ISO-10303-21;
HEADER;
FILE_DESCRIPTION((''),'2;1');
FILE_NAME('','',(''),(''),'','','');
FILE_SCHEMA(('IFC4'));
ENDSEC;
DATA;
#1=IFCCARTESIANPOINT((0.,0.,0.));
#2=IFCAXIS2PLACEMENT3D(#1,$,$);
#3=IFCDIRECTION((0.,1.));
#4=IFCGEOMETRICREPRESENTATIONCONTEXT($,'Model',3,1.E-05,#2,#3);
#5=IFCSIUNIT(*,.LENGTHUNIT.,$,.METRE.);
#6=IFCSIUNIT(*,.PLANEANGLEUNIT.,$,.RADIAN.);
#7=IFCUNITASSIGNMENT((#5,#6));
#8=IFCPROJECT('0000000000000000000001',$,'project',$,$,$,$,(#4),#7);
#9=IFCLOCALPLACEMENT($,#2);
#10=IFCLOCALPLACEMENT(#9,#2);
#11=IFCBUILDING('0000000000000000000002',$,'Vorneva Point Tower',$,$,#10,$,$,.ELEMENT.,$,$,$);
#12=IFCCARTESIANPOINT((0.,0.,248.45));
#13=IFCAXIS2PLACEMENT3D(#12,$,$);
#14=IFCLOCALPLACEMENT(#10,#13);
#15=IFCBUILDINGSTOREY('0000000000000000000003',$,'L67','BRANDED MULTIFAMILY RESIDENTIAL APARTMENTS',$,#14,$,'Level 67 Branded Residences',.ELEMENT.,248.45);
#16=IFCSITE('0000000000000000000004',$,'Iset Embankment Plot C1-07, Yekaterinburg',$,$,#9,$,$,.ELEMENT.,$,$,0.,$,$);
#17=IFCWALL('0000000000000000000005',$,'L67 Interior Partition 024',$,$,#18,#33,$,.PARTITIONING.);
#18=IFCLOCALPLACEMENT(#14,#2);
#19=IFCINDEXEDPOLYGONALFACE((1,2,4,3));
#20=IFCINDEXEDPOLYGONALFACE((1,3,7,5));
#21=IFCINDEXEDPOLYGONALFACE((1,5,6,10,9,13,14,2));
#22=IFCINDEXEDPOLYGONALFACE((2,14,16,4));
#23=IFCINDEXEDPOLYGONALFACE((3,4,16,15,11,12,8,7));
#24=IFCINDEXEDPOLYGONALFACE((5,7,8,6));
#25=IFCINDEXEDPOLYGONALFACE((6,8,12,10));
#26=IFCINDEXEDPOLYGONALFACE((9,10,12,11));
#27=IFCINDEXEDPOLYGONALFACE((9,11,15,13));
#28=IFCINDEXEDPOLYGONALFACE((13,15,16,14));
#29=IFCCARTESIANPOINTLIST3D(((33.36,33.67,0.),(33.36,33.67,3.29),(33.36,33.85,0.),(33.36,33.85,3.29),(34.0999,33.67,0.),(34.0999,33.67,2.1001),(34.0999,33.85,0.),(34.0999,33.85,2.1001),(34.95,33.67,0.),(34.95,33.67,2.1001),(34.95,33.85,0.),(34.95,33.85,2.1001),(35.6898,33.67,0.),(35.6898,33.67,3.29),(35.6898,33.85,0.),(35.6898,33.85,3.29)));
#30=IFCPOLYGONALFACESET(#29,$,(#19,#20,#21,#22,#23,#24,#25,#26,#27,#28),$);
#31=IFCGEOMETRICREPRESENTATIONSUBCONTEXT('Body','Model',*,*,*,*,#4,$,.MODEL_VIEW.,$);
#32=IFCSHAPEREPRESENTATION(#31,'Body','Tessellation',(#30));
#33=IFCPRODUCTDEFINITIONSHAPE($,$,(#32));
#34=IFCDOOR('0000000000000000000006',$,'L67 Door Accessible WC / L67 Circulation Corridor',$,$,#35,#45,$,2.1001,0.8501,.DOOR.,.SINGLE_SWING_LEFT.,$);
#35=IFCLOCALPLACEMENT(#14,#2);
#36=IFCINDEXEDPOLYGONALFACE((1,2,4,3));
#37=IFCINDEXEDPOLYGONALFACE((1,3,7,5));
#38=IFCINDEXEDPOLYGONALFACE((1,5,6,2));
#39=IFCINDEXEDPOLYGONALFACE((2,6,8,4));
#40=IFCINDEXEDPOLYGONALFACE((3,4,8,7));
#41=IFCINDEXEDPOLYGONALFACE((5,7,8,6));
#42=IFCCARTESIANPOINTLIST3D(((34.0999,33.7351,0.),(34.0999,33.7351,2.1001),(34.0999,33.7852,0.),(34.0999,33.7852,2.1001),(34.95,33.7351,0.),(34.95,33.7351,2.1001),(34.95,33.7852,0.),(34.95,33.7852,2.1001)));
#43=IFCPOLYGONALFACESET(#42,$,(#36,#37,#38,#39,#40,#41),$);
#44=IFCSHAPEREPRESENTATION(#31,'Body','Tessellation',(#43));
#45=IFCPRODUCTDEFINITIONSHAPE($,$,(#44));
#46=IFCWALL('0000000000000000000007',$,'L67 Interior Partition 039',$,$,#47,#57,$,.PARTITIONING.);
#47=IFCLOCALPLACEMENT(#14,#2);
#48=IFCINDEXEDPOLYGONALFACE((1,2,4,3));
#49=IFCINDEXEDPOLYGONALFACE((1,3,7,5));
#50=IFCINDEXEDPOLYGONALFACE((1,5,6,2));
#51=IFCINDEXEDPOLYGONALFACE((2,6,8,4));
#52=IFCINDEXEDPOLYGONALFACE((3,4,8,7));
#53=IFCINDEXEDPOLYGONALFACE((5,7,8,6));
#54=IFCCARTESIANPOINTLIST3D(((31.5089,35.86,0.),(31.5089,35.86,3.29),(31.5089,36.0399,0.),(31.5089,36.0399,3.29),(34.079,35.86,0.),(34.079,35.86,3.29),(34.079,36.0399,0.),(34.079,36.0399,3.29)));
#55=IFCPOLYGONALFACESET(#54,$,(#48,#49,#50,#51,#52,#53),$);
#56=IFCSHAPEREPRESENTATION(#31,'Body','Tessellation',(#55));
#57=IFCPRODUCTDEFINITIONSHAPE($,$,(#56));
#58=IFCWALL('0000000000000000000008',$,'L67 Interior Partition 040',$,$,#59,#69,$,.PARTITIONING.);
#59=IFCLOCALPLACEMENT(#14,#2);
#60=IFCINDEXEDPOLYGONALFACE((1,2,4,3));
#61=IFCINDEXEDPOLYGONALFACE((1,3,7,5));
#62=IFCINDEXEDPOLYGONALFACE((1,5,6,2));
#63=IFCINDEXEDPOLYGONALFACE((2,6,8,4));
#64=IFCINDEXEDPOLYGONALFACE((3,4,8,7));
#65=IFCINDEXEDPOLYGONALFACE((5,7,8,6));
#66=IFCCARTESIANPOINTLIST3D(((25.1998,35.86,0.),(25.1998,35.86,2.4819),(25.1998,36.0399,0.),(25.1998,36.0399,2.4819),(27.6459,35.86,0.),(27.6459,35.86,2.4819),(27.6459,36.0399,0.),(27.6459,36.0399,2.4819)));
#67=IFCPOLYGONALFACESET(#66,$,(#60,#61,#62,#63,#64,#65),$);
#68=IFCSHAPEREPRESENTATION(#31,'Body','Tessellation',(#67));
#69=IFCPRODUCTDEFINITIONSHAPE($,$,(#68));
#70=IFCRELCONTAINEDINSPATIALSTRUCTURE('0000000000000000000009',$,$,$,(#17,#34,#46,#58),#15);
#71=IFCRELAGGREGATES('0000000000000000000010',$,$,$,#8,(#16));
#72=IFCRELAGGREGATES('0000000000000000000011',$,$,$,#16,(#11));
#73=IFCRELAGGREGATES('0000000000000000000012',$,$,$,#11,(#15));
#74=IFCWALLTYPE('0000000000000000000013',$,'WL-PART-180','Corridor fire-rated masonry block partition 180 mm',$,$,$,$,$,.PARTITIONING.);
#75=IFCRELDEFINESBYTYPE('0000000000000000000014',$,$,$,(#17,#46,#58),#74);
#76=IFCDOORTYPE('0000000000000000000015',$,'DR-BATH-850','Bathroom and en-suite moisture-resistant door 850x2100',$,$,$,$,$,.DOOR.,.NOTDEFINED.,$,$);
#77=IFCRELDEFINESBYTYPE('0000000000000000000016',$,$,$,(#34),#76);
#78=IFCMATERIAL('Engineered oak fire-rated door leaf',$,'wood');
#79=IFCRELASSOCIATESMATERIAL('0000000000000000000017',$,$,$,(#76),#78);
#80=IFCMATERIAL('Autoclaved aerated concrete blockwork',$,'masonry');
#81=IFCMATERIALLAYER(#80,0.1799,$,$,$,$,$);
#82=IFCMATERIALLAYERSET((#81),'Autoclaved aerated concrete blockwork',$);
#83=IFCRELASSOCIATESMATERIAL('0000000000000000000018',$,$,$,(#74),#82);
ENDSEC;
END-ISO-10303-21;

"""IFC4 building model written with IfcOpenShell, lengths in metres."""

from ifc_helpers import new_model, si_unit, direction, frame, frame_2d, origin, place, context, subcontext, project, spatial, rectangle, extrude, material, layer, layer_set, type_object, element, fill, save


model = new_model("IFC4")

# Units and contexts
model_context = context("Model", 3, precision=1e-05, world=origin(), true_north=direction((0.0, 1.0)))
body_context = subcontext(model_context, "Body", "Model", "MODEL_VIEW")
ifc_project = project(units=[si_unit("LENGTHUNIT", "METRE"), si_unit("PLANEANGLEUNIT", "RADIAN")], contexts=[model_context])

# Site, building, storey
site_placement = place(None, origin())
site = spatial("IfcSite", under=ifc_project, at=site_placement, Name="Iset Embankment Plot C1-07, Yekaterinburg", CompositionType="ELEMENT", RefElevation=0.0)
building_placement = place(site_placement, origin())
building = spatial("IfcBuilding", under=site, at=building_placement, Name="Vorneva Point Tower", CompositionType="ELEMENT")
storey_placement = place(building_placement, frame((0.0, 0.0, 248.45)))
storey = spatial("IfcBuildingStorey", under=building, at=storey_placement, Name="L67", Description="BRANDED MULTIFAMILY RESIDENTIAL APARTMENTS", LongName="Level 67 Branded Residences", CompositionType="ELEMENT", Elevation=248.45)

# Shared definitions
ifc_material_1 = material(Name="Engineered oak fire-rated door leaf", Category="wood")
door_type_1 = type_object("IfcDoorType", Name="DR-BATH-850", Description="Bathroom and en-suite moisture-resistant door 850x2100", OperationType="NOTDEFINED", PredefinedType="DOOR", material=ifc_material_1)

# Shared definitions
ifc_material_2 = material(Name="Autoclaved aerated concrete blockwork", Category="masonry")
ifc_layer_1 = layer(ifc_material_2, 0.1799)
ifc_layer_set_1 = layer_set([ifc_layer_1], Name="Autoclaved aerated concrete blockwork")
wall_type_1 = type_object("IfcWallType", Name="WL-PART-180", Description="Corridor fire-rated masonry block partition 180 mm", PredefinedType="PARTITIONING", material=ifc_layer_set_1)

# Wall, opening, door
wall_1_placement = place(storey_placement, frame((35.6899, 33.76, 0.0), z_axis=(0.0, 0.0, 1.0), x_axis=(-1.0, 0.0, 0.0)))
wall_1 = element("IfcWall", 1, at=wall_1_placement, inside=storey, type_object=wall_type_1, Name="L67 Interior Partition 024", PredefinedType="PARTITIONING", context=body_context, shape_type="SweptSolid", body=[
    extrude(rectangle(XDim=2.3298, YDim=0.1799, at=frame_2d((1.165, 0.0))), origin(), (0.0, 0.0, 1.0), 3.29),
])
opening_1_placement = place(wall_1_placement, frame((0.74, 0.0, 0.0)))
opening_1 = element("IfcOpeningElement", 2, at=opening_1_placement, cuts=wall_1, PredefinedType="OPENING", context=body_context, shape_type="SweptSolid", body=[
    extrude(rectangle(XDim=0.8501, YDim=2.1001, at=frame_2d((0.425, 1.05))), frame((0.0, 0.105, 0.0), z_axis=(0.0, -1.0, 0.0), x_axis=(1.0, 0.0, 0.0)), (0.0, 0.0, 1.0), 0.2097),
])
door_1_placement = place(opening_1_placement, origin())
door_1 = element("IfcDoor", 3, at=door_1_placement, inside=storey, type_object=door_type_1, Name="L67 Door Accessible WC / L67 Circulation Corridor", OperationType="SINGLE_SWING_LEFT", OverallHeight=2.1001, OverallWidth=0.8501, PredefinedType="DOOR", context=body_context, shape_type="SweptSolid", body=[
    extrude(rectangle(XDim=0.8501, YDim=2.1001, at=frame_2d((0.425, 1.05))), frame((0.0, 0.0249, 0.0), z_axis=(0.0, -1.0, 0.0), x_axis=(1.0, 0.0, 0.0)), (0.0, 0.0, 1.0), 0.05),
])
fill(opening_1, door_1)

# Walls
wall_2_placement = place(storey_placement, frame((34.0791, 35.95, 0.0), z_axis=(0.0, 0.0, 1.0), x_axis=(-1.0, 0.0, 0.0)))
element("IfcWall", 4, at=wall_2_placement, inside=storey, type_object=wall_type_1, Name="L67 Interior Partition 039", PredefinedType="PARTITIONING", context=body_context, shape_type="SweptSolid", body=[
    extrude(rectangle(XDim=2.5701, YDim=0.1799, at=frame_2d((1.2852, 0.0))), origin(), (0.0, 0.0, 1.0), 3.29),
])
wall_3_placement = place(storey_placement, frame((27.646, 35.95, 0.0), z_axis=(0.0, 0.0, 1.0), x_axis=(-1.0, 0.0, 0.0)))
element("IfcWall", 5, at=wall_3_placement, inside=storey, type_object=wall_type_1, Name="L67 Interior Partition 040", PredefinedType="PARTITIONING", context=body_context, shape_type="SweptSolid", body=[
    extrude(rectangle(XDim=2.446, YDim=0.1799, at=frame_2d((1.2231, 0.0))), origin(), (0.0, 0.0, 1.0), 2.4819),
])

save(model, "model.ifc")
